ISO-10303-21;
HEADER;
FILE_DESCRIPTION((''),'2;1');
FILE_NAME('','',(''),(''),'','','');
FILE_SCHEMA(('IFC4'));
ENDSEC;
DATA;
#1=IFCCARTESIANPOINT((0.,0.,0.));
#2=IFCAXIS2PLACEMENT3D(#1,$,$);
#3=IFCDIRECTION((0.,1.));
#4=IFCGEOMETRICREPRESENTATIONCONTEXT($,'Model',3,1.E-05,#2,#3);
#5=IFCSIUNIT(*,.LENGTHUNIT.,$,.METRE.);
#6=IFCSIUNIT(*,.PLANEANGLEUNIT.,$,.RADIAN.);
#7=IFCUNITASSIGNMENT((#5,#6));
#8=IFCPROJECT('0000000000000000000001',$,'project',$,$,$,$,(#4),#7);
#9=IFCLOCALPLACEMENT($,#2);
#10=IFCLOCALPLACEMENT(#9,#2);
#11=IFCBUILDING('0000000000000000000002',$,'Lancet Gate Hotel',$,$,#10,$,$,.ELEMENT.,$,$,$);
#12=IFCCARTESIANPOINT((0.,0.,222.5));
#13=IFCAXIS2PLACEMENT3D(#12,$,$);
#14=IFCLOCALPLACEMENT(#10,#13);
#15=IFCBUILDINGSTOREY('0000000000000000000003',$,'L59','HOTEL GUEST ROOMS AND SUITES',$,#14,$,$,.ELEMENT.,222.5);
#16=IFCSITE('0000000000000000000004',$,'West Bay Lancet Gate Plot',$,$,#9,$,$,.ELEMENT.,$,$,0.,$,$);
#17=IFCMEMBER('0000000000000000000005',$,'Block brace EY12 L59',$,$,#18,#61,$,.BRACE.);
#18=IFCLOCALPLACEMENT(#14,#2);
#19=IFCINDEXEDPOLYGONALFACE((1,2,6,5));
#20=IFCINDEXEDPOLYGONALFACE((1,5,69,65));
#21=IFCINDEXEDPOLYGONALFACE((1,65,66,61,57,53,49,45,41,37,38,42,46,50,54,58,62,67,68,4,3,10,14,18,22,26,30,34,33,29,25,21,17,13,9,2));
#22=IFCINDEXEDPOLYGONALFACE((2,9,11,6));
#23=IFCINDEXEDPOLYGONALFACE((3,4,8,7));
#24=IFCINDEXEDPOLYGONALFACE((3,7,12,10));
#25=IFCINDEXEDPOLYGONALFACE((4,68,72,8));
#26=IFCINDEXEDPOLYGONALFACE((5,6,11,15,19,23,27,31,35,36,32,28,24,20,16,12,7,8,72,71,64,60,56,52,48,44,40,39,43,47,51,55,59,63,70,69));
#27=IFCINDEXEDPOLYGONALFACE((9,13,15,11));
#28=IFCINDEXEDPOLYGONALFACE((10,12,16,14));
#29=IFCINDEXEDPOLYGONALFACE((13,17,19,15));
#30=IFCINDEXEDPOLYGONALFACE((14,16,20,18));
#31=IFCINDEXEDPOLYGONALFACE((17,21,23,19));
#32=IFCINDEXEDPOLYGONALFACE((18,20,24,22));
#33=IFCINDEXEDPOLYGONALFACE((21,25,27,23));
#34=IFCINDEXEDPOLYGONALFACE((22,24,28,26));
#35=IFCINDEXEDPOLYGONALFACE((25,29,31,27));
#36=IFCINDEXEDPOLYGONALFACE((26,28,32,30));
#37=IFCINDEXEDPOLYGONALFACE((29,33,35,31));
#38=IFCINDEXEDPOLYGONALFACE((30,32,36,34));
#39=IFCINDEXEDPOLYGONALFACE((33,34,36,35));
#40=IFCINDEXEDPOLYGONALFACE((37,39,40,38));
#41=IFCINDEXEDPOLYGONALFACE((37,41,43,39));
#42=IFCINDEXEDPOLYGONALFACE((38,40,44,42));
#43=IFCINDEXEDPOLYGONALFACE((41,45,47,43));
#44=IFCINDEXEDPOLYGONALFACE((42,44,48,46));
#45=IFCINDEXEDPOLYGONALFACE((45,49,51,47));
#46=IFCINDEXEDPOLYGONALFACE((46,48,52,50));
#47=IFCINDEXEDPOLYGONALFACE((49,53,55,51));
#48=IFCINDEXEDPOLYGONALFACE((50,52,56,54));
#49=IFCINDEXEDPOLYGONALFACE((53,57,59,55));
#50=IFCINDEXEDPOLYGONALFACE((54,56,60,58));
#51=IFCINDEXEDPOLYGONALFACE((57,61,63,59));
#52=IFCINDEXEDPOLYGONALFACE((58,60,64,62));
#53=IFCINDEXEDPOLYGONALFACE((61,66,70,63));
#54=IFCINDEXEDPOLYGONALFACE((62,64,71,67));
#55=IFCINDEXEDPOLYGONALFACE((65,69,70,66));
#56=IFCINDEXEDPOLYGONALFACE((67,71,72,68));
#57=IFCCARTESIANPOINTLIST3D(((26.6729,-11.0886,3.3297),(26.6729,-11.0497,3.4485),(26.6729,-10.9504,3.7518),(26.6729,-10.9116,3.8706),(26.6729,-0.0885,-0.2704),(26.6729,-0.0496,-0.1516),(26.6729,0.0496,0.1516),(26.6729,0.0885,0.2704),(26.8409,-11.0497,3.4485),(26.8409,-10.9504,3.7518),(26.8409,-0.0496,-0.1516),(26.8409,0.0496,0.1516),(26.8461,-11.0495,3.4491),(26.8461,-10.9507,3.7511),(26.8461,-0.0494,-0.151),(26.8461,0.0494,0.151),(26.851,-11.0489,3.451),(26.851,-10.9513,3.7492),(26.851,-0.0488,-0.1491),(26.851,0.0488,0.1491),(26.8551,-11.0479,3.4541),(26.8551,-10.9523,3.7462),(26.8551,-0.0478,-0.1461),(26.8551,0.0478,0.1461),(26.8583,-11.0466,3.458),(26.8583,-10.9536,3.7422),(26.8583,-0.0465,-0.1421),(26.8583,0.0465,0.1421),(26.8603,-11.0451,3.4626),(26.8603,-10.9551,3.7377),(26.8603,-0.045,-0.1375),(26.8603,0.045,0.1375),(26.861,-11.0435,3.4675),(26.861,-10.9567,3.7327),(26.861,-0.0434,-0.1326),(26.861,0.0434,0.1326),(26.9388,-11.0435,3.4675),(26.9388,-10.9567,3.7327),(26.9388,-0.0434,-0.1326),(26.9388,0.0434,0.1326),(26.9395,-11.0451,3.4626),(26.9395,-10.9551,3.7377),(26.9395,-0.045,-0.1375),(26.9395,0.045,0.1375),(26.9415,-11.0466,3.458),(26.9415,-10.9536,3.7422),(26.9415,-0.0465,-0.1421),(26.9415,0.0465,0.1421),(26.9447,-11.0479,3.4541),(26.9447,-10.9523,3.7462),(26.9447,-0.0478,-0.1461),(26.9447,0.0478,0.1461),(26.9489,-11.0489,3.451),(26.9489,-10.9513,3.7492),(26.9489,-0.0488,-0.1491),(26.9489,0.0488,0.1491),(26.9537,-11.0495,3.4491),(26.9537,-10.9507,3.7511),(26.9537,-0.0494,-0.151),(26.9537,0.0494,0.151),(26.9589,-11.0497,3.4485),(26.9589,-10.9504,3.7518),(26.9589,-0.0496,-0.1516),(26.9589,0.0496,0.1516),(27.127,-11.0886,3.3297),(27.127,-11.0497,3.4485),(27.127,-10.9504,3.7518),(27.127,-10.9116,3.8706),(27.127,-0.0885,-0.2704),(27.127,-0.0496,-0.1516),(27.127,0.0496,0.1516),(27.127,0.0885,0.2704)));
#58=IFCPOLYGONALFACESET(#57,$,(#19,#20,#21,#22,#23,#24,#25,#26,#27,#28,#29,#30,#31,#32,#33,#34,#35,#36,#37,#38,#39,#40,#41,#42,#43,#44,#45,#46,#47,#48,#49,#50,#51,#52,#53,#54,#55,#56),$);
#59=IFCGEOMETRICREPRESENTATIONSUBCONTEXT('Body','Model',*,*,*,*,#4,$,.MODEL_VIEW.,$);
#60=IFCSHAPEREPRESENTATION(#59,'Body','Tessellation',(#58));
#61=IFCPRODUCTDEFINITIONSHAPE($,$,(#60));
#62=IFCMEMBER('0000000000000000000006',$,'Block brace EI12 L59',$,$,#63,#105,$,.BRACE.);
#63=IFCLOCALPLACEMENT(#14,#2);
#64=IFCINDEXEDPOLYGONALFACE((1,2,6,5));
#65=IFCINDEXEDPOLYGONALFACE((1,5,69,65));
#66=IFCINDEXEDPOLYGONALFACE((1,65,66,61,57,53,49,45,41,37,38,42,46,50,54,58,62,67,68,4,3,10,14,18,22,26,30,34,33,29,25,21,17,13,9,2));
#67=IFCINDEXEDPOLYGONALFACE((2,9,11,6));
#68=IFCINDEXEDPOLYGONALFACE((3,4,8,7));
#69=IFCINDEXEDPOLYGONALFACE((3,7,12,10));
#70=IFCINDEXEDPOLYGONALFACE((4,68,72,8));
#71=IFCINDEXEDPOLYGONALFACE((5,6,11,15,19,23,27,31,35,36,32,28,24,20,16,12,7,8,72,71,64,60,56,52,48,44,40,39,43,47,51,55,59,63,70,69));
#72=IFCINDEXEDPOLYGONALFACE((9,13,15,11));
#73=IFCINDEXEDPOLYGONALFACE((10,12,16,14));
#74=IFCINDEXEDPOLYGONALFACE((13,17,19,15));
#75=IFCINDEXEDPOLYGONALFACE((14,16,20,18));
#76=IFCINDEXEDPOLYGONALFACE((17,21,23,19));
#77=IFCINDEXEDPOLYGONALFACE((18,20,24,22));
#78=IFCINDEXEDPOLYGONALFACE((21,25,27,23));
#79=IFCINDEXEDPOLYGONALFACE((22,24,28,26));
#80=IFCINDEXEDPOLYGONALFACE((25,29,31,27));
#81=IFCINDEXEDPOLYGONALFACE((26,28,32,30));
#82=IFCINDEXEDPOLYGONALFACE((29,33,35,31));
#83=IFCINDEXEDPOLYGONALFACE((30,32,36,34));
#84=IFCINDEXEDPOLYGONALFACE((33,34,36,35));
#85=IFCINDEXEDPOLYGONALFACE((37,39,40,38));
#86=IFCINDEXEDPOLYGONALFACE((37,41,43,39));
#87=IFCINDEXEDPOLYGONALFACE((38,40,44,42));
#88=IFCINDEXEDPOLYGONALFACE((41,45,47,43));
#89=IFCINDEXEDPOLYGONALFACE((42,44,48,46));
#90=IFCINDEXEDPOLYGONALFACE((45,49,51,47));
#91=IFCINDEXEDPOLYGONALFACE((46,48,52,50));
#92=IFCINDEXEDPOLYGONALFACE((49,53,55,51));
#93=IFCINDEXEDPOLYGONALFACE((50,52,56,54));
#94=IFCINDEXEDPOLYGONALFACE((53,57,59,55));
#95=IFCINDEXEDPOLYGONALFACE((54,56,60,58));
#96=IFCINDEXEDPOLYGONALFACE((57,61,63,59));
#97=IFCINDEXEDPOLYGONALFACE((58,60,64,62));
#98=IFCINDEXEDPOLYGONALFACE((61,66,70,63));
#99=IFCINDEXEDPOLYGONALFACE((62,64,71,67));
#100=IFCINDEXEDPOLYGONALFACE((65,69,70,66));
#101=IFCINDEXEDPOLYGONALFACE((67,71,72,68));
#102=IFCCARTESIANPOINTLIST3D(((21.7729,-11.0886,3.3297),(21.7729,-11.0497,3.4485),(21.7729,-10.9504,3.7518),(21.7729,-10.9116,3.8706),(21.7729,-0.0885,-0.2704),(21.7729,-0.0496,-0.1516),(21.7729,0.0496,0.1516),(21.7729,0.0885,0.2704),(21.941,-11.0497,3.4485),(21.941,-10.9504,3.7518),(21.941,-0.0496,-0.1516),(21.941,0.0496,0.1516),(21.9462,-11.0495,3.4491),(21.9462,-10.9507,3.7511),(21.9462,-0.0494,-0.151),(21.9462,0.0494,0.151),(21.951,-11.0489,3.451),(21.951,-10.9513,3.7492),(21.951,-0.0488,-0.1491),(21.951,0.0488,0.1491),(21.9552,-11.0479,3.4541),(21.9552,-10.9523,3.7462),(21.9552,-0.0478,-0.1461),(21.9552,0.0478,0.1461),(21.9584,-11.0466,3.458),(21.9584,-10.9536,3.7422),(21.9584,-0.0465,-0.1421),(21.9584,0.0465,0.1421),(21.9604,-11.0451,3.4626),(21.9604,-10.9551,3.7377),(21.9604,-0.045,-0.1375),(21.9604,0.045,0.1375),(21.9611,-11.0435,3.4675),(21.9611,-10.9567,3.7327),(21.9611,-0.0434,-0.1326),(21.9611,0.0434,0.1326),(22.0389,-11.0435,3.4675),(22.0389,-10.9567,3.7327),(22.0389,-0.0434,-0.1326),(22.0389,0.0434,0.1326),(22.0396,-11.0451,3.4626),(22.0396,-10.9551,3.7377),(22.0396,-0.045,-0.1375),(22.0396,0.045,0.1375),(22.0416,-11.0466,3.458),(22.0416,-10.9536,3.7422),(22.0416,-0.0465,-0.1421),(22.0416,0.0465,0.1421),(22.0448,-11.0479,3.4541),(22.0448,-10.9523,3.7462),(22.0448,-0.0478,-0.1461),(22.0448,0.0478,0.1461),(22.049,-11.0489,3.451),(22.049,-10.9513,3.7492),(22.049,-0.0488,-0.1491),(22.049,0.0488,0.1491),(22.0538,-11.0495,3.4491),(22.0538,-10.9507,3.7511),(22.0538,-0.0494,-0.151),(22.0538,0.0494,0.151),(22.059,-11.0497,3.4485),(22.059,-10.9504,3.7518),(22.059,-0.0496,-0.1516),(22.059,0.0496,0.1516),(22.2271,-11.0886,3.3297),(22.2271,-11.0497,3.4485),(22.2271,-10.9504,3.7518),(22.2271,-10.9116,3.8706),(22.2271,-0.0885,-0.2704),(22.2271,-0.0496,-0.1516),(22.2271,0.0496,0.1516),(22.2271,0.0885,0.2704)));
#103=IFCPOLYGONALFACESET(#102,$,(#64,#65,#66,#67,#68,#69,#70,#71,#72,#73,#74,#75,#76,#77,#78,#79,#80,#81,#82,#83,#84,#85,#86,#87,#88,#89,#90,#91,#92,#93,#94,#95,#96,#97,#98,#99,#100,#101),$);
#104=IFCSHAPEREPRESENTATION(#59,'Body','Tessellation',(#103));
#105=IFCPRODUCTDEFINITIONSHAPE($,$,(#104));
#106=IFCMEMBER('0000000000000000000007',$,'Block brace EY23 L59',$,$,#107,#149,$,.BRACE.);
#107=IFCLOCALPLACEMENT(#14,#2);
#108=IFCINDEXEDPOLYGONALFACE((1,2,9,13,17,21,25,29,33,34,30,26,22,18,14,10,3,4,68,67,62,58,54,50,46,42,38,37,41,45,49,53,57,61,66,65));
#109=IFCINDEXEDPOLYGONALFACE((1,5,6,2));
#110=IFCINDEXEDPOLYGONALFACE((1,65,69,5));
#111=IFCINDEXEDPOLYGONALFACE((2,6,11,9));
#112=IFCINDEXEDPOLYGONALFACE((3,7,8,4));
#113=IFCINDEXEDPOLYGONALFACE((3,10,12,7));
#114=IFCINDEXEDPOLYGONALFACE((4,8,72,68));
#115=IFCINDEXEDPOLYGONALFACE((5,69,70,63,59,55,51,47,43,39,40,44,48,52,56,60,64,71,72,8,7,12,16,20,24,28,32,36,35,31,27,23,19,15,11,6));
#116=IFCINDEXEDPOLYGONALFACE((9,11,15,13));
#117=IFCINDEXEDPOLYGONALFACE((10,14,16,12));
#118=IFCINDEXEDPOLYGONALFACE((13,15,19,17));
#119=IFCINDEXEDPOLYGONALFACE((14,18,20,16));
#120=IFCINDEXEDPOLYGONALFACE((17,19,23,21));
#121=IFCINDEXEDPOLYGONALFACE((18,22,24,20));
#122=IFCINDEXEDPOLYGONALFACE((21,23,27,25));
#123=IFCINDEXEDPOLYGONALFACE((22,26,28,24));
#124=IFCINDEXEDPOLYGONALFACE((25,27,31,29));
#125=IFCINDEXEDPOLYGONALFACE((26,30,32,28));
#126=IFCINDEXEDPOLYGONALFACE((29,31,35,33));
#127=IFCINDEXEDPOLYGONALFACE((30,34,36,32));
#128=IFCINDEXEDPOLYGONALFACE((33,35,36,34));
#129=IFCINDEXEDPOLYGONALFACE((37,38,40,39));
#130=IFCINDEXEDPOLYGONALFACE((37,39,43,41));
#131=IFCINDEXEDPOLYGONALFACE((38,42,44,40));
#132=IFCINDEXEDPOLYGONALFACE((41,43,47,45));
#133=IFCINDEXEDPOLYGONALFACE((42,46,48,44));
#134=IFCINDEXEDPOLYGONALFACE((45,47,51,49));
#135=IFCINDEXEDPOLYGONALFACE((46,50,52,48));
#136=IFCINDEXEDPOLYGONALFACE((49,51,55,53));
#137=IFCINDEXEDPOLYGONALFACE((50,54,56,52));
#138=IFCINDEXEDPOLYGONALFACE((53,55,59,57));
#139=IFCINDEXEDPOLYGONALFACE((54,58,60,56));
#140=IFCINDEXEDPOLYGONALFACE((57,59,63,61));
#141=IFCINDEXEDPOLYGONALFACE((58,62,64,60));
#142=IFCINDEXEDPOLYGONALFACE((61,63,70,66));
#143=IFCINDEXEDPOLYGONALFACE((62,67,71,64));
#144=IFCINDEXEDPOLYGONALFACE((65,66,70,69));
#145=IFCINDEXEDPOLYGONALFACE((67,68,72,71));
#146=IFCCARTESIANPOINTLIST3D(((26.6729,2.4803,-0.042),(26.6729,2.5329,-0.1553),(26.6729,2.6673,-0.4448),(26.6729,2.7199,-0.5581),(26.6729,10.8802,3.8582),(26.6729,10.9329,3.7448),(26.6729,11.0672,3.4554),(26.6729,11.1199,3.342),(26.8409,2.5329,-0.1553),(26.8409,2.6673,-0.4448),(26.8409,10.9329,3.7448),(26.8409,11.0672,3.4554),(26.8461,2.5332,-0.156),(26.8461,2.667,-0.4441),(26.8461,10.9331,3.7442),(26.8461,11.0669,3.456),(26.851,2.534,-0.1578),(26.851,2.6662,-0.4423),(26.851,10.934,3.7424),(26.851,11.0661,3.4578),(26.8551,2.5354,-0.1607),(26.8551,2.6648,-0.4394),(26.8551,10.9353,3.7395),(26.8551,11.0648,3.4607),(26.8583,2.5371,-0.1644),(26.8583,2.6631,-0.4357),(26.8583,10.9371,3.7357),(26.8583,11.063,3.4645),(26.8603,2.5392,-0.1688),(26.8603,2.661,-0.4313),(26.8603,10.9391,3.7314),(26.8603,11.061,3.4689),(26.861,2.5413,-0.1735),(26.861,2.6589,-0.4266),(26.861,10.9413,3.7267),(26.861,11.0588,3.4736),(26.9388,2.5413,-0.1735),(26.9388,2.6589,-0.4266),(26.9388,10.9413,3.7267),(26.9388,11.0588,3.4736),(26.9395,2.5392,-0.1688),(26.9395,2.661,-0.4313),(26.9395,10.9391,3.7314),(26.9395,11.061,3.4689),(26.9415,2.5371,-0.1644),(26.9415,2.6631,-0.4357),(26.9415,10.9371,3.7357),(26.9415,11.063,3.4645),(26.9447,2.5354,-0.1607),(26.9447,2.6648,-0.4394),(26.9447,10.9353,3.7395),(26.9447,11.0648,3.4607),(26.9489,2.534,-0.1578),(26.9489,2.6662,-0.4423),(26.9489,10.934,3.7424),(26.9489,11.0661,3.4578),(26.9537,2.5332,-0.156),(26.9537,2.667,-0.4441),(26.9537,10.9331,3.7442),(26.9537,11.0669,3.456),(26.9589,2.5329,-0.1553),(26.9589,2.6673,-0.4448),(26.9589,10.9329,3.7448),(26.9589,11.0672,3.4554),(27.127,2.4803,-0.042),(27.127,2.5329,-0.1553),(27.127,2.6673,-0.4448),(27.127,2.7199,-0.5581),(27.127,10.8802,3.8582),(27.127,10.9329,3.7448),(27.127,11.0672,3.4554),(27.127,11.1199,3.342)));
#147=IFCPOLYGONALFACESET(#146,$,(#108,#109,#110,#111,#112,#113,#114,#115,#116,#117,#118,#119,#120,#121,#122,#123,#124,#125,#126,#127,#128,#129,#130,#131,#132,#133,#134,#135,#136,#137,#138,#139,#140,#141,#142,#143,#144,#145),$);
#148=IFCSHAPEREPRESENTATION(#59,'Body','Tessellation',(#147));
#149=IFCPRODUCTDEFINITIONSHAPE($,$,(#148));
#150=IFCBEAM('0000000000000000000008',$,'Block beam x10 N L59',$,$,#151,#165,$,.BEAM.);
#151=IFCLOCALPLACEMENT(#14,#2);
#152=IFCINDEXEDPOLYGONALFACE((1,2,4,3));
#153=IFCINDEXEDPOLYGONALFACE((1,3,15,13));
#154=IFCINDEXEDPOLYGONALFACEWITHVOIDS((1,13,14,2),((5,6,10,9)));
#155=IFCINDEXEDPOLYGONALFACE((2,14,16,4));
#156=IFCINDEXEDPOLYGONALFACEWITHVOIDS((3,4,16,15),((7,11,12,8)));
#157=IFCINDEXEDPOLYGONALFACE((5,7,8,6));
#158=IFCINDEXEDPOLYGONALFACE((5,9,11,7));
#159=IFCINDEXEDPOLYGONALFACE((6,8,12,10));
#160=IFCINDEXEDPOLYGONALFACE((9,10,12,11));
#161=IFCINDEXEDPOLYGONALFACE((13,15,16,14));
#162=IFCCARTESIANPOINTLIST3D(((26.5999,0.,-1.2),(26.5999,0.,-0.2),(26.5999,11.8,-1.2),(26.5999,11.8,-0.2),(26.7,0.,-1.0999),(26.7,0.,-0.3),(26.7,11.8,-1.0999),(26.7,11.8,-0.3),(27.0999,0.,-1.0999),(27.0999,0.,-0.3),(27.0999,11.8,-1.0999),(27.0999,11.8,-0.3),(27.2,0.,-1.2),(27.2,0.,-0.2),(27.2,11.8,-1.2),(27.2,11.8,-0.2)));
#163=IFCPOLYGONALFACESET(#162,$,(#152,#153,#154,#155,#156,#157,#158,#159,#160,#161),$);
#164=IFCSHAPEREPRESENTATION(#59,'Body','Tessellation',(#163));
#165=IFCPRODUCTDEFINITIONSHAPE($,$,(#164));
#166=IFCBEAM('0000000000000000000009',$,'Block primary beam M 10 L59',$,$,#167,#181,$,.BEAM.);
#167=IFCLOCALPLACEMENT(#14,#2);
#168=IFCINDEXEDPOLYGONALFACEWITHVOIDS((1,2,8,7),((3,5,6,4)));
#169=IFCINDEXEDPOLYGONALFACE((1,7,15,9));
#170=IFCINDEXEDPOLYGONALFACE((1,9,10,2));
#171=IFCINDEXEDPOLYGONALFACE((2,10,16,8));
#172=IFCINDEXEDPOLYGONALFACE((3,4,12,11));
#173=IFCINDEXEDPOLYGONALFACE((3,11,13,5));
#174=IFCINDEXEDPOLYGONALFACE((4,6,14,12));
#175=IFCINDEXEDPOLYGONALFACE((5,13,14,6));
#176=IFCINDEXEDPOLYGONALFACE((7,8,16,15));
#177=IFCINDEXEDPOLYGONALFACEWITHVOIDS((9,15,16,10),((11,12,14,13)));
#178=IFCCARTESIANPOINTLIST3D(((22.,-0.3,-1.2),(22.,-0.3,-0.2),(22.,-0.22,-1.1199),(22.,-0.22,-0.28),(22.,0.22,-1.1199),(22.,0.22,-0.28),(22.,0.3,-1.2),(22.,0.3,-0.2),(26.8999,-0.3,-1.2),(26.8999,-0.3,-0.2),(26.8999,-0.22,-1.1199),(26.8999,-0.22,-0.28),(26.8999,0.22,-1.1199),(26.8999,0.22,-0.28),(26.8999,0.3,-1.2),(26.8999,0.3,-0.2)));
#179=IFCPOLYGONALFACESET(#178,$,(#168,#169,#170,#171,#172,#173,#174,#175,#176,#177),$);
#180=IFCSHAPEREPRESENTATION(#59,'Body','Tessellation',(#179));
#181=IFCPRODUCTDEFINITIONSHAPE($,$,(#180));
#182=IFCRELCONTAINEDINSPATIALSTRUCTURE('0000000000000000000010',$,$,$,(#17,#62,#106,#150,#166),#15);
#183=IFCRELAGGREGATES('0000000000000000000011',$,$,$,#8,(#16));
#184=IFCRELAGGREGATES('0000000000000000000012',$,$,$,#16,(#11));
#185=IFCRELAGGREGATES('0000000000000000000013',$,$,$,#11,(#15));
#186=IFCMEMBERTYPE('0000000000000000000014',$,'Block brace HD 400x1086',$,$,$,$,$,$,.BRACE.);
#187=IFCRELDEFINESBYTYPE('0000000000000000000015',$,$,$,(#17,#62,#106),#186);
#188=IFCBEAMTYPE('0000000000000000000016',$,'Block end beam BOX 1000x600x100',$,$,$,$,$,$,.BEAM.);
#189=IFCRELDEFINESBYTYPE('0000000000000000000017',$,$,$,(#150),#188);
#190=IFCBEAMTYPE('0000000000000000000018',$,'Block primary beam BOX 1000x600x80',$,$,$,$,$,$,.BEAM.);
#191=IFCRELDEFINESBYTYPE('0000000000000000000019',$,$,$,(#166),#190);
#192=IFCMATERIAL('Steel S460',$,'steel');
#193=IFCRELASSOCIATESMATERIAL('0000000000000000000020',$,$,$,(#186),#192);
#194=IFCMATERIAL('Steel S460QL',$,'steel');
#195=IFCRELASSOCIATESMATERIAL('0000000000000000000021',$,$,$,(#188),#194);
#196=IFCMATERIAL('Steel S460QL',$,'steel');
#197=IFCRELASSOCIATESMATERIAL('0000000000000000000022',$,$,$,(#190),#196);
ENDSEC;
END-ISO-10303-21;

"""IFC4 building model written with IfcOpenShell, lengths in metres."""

from ifc_helpers import new_model, si_unit, direction, frame, origin, origin_2d, place, context, subcontext, project, spatial, hollow_rectangle, i_section, extrude, material, material_profile, profile_set, type_object, element, save


model = new_model("IFC4")

# Units and contexts
model_context = context("Model", 3, precision=1e-05, world=origin(), true_north=direction((0.0, 1.0)))
body_context = subcontext(model_context, "Body", "Model", "MODEL_VIEW")
ifc_project = project(units=[si_unit("LENGTHUNIT", "METRE"), si_unit("PLANEANGLEUNIT", "RADIAN")], contexts=[model_context])

# Site, building, storey
site_placement = place(None, origin())
site = spatial("IfcSite", under=ifc_project, at=site_placement, Name="West Bay Lancet Gate Plot", CompositionType="ELEMENT", RefElevation=0.0)
building_placement = place(site_placement, origin())
building = spatial("IfcBuilding", under=site, at=building_placement, Name="Lancet Gate Hotel", CompositionType="ELEMENT")
storey_placement = place(building_placement, frame((0.0, 0.0, 222.5)))
storey = spatial("IfcBuildingStorey", under=building, at=storey_placement, Name="L59", Description="HOTEL GUEST ROOMS AND SUITES", CompositionType="ELEMENT", Elevation=222.5)

# Members
ifc_material_1 = material(Name="Steel S460", Category="steel")
ifc_material_profile_1 = material_profile(ifc_material_1, i_section(OverallWidth=0.4541, OverallDepth=0.5691, WebThickness=0.0779, FlangeThickness=0.125, FilletRadius=0.02, at=origin_2d()), Name="HD 400x1086")
ifc_profile_set_1 = profile_set([ifc_material_profile_1], Name="Steel S460")
member_type_1 = type_object("IfcMemberType", Name="Block brace HD 400x1086", PredefinedType="BRACE", material=ifc_profile_set_1)
for number, where, z_axis, x_axis, name in (
    (1, (26.8999, 0.0, 0.0), (0.0, -0.950395, 0.311047), (1.0, 0.0, 0.0), "Block brace EY12 L59"),
    (2, (22.0, 0.0, 0.0), (0.0, -0.950395, 0.311047), (1.0, 0.0, 0.0), "Block brace EI12 L59"),
):
    element("IfcMember", number, at=place(storey_placement, frame(where, z_axis=z_axis, x_axis=x_axis)), inside=storey, type_object=member_type_1, Name=name, PredefinedType="BRACE", context=body_context, shape_type="SweptSolid", body=[
        extrude(i_section(OverallWidth=0.4541, OverallDepth=0.5691, WebThickness=0.0779, FlangeThickness=0.125, FilletRadius=0.02, at=origin_2d()), origin(), (0.0, 0.0, 1.0), 11.5742),
    ])
member_1_placement = place(storey_placement, frame((26.8999, 2.6001, -0.3), z_axis=(0.0, 0.907001, 0.421128), x_axis=(-1.0, 0.0, 0.0)))
element("IfcMember", 3, at=member_1_placement, inside=storey, type_object=member_type_1, Name="Block brace EY23 L59", PredefinedType="BRACE", context=body_context, shape_type="SweptSolid", body=[
    extrude(i_section(OverallWidth=0.4541, OverallDepth=0.5691, WebThickness=0.0779, FlangeThickness=0.125, FilletRadius=0.02, at=origin_2d()), origin(), (0.0, 0.0, 1.0), 9.2612),
])

# Beams
ifc_material_2 = material(Name="Steel S460QL", Category="steel")
ifc_material_profile_2 = material_profile(ifc_material_2, hollow_rectangle(XDim=0.6001, YDim=1.0, WallThickness=0.1001, at=origin_2d()), Name="BOX 1000x600x100")
ifc_profile_set_2 = profile_set([ifc_material_profile_2], Name="Steel S460QL")
beam_type_1 = type_object("IfcBeamType", Name="Block end beam BOX 1000x600x100", PredefinedType="BEAM", material=ifc_profile_set_2)
beam_1_placement = place(storey_placement, frame((26.8999, 0.0, -0.7), z_axis=(0.0, 1.0, 0.0), x_axis=(-1.0, 0.0, 0.0)))
element("IfcBeam", 4, at=beam_1_placement, inside=storey, type_object=beam_type_1, Name="Block beam x10 N L59", PredefinedType="BEAM", context=body_context, shape_type="SweptSolid", body=[
    extrude(hollow_rectangle(XDim=0.6001, YDim=1.0, WallThickness=0.1001, at=origin_2d()), origin(), (0.0, 0.0, 1.0), 11.8),
])
ifc_material_3 = material(Name="Steel S460QL", Category="steel")
ifc_material_profile_3 = material_profile(ifc_material_3, hollow_rectangle(XDim=0.6001, YDim=1.0, WallThickness=0.0801, at=origin_2d()), Name="BOX 1000x600x80")
ifc_profile_set_3 = profile_set([ifc_material_profile_3], Name="Steel S460QL")
beam_type_2 = type_object("IfcBeamType", Name="Block primary beam BOX 1000x600x80", PredefinedType="BEAM", material=ifc_profile_set_3)
beam_2_placement = place(storey_placement, frame((22.0, 0.0, -0.7), z_axis=(1.0, 0.0, 0.0), x_axis=(0.0, 1.0, 0.0)))
element("IfcBeam", 5, at=beam_2_placement, inside=storey, type_object=beam_type_2, Name="Block primary beam M 10 L59", PredefinedType="BEAM", context=body_context, shape_type="SweptSolid", body=[
    extrude(hollow_rectangle(XDim=0.6001, YDim=1.0, WallThickness=0.0801, at=origin_2d()), origin(), (0.0, 0.0, 1.0), 4.8999),
])

save(model, "model.ifc")
